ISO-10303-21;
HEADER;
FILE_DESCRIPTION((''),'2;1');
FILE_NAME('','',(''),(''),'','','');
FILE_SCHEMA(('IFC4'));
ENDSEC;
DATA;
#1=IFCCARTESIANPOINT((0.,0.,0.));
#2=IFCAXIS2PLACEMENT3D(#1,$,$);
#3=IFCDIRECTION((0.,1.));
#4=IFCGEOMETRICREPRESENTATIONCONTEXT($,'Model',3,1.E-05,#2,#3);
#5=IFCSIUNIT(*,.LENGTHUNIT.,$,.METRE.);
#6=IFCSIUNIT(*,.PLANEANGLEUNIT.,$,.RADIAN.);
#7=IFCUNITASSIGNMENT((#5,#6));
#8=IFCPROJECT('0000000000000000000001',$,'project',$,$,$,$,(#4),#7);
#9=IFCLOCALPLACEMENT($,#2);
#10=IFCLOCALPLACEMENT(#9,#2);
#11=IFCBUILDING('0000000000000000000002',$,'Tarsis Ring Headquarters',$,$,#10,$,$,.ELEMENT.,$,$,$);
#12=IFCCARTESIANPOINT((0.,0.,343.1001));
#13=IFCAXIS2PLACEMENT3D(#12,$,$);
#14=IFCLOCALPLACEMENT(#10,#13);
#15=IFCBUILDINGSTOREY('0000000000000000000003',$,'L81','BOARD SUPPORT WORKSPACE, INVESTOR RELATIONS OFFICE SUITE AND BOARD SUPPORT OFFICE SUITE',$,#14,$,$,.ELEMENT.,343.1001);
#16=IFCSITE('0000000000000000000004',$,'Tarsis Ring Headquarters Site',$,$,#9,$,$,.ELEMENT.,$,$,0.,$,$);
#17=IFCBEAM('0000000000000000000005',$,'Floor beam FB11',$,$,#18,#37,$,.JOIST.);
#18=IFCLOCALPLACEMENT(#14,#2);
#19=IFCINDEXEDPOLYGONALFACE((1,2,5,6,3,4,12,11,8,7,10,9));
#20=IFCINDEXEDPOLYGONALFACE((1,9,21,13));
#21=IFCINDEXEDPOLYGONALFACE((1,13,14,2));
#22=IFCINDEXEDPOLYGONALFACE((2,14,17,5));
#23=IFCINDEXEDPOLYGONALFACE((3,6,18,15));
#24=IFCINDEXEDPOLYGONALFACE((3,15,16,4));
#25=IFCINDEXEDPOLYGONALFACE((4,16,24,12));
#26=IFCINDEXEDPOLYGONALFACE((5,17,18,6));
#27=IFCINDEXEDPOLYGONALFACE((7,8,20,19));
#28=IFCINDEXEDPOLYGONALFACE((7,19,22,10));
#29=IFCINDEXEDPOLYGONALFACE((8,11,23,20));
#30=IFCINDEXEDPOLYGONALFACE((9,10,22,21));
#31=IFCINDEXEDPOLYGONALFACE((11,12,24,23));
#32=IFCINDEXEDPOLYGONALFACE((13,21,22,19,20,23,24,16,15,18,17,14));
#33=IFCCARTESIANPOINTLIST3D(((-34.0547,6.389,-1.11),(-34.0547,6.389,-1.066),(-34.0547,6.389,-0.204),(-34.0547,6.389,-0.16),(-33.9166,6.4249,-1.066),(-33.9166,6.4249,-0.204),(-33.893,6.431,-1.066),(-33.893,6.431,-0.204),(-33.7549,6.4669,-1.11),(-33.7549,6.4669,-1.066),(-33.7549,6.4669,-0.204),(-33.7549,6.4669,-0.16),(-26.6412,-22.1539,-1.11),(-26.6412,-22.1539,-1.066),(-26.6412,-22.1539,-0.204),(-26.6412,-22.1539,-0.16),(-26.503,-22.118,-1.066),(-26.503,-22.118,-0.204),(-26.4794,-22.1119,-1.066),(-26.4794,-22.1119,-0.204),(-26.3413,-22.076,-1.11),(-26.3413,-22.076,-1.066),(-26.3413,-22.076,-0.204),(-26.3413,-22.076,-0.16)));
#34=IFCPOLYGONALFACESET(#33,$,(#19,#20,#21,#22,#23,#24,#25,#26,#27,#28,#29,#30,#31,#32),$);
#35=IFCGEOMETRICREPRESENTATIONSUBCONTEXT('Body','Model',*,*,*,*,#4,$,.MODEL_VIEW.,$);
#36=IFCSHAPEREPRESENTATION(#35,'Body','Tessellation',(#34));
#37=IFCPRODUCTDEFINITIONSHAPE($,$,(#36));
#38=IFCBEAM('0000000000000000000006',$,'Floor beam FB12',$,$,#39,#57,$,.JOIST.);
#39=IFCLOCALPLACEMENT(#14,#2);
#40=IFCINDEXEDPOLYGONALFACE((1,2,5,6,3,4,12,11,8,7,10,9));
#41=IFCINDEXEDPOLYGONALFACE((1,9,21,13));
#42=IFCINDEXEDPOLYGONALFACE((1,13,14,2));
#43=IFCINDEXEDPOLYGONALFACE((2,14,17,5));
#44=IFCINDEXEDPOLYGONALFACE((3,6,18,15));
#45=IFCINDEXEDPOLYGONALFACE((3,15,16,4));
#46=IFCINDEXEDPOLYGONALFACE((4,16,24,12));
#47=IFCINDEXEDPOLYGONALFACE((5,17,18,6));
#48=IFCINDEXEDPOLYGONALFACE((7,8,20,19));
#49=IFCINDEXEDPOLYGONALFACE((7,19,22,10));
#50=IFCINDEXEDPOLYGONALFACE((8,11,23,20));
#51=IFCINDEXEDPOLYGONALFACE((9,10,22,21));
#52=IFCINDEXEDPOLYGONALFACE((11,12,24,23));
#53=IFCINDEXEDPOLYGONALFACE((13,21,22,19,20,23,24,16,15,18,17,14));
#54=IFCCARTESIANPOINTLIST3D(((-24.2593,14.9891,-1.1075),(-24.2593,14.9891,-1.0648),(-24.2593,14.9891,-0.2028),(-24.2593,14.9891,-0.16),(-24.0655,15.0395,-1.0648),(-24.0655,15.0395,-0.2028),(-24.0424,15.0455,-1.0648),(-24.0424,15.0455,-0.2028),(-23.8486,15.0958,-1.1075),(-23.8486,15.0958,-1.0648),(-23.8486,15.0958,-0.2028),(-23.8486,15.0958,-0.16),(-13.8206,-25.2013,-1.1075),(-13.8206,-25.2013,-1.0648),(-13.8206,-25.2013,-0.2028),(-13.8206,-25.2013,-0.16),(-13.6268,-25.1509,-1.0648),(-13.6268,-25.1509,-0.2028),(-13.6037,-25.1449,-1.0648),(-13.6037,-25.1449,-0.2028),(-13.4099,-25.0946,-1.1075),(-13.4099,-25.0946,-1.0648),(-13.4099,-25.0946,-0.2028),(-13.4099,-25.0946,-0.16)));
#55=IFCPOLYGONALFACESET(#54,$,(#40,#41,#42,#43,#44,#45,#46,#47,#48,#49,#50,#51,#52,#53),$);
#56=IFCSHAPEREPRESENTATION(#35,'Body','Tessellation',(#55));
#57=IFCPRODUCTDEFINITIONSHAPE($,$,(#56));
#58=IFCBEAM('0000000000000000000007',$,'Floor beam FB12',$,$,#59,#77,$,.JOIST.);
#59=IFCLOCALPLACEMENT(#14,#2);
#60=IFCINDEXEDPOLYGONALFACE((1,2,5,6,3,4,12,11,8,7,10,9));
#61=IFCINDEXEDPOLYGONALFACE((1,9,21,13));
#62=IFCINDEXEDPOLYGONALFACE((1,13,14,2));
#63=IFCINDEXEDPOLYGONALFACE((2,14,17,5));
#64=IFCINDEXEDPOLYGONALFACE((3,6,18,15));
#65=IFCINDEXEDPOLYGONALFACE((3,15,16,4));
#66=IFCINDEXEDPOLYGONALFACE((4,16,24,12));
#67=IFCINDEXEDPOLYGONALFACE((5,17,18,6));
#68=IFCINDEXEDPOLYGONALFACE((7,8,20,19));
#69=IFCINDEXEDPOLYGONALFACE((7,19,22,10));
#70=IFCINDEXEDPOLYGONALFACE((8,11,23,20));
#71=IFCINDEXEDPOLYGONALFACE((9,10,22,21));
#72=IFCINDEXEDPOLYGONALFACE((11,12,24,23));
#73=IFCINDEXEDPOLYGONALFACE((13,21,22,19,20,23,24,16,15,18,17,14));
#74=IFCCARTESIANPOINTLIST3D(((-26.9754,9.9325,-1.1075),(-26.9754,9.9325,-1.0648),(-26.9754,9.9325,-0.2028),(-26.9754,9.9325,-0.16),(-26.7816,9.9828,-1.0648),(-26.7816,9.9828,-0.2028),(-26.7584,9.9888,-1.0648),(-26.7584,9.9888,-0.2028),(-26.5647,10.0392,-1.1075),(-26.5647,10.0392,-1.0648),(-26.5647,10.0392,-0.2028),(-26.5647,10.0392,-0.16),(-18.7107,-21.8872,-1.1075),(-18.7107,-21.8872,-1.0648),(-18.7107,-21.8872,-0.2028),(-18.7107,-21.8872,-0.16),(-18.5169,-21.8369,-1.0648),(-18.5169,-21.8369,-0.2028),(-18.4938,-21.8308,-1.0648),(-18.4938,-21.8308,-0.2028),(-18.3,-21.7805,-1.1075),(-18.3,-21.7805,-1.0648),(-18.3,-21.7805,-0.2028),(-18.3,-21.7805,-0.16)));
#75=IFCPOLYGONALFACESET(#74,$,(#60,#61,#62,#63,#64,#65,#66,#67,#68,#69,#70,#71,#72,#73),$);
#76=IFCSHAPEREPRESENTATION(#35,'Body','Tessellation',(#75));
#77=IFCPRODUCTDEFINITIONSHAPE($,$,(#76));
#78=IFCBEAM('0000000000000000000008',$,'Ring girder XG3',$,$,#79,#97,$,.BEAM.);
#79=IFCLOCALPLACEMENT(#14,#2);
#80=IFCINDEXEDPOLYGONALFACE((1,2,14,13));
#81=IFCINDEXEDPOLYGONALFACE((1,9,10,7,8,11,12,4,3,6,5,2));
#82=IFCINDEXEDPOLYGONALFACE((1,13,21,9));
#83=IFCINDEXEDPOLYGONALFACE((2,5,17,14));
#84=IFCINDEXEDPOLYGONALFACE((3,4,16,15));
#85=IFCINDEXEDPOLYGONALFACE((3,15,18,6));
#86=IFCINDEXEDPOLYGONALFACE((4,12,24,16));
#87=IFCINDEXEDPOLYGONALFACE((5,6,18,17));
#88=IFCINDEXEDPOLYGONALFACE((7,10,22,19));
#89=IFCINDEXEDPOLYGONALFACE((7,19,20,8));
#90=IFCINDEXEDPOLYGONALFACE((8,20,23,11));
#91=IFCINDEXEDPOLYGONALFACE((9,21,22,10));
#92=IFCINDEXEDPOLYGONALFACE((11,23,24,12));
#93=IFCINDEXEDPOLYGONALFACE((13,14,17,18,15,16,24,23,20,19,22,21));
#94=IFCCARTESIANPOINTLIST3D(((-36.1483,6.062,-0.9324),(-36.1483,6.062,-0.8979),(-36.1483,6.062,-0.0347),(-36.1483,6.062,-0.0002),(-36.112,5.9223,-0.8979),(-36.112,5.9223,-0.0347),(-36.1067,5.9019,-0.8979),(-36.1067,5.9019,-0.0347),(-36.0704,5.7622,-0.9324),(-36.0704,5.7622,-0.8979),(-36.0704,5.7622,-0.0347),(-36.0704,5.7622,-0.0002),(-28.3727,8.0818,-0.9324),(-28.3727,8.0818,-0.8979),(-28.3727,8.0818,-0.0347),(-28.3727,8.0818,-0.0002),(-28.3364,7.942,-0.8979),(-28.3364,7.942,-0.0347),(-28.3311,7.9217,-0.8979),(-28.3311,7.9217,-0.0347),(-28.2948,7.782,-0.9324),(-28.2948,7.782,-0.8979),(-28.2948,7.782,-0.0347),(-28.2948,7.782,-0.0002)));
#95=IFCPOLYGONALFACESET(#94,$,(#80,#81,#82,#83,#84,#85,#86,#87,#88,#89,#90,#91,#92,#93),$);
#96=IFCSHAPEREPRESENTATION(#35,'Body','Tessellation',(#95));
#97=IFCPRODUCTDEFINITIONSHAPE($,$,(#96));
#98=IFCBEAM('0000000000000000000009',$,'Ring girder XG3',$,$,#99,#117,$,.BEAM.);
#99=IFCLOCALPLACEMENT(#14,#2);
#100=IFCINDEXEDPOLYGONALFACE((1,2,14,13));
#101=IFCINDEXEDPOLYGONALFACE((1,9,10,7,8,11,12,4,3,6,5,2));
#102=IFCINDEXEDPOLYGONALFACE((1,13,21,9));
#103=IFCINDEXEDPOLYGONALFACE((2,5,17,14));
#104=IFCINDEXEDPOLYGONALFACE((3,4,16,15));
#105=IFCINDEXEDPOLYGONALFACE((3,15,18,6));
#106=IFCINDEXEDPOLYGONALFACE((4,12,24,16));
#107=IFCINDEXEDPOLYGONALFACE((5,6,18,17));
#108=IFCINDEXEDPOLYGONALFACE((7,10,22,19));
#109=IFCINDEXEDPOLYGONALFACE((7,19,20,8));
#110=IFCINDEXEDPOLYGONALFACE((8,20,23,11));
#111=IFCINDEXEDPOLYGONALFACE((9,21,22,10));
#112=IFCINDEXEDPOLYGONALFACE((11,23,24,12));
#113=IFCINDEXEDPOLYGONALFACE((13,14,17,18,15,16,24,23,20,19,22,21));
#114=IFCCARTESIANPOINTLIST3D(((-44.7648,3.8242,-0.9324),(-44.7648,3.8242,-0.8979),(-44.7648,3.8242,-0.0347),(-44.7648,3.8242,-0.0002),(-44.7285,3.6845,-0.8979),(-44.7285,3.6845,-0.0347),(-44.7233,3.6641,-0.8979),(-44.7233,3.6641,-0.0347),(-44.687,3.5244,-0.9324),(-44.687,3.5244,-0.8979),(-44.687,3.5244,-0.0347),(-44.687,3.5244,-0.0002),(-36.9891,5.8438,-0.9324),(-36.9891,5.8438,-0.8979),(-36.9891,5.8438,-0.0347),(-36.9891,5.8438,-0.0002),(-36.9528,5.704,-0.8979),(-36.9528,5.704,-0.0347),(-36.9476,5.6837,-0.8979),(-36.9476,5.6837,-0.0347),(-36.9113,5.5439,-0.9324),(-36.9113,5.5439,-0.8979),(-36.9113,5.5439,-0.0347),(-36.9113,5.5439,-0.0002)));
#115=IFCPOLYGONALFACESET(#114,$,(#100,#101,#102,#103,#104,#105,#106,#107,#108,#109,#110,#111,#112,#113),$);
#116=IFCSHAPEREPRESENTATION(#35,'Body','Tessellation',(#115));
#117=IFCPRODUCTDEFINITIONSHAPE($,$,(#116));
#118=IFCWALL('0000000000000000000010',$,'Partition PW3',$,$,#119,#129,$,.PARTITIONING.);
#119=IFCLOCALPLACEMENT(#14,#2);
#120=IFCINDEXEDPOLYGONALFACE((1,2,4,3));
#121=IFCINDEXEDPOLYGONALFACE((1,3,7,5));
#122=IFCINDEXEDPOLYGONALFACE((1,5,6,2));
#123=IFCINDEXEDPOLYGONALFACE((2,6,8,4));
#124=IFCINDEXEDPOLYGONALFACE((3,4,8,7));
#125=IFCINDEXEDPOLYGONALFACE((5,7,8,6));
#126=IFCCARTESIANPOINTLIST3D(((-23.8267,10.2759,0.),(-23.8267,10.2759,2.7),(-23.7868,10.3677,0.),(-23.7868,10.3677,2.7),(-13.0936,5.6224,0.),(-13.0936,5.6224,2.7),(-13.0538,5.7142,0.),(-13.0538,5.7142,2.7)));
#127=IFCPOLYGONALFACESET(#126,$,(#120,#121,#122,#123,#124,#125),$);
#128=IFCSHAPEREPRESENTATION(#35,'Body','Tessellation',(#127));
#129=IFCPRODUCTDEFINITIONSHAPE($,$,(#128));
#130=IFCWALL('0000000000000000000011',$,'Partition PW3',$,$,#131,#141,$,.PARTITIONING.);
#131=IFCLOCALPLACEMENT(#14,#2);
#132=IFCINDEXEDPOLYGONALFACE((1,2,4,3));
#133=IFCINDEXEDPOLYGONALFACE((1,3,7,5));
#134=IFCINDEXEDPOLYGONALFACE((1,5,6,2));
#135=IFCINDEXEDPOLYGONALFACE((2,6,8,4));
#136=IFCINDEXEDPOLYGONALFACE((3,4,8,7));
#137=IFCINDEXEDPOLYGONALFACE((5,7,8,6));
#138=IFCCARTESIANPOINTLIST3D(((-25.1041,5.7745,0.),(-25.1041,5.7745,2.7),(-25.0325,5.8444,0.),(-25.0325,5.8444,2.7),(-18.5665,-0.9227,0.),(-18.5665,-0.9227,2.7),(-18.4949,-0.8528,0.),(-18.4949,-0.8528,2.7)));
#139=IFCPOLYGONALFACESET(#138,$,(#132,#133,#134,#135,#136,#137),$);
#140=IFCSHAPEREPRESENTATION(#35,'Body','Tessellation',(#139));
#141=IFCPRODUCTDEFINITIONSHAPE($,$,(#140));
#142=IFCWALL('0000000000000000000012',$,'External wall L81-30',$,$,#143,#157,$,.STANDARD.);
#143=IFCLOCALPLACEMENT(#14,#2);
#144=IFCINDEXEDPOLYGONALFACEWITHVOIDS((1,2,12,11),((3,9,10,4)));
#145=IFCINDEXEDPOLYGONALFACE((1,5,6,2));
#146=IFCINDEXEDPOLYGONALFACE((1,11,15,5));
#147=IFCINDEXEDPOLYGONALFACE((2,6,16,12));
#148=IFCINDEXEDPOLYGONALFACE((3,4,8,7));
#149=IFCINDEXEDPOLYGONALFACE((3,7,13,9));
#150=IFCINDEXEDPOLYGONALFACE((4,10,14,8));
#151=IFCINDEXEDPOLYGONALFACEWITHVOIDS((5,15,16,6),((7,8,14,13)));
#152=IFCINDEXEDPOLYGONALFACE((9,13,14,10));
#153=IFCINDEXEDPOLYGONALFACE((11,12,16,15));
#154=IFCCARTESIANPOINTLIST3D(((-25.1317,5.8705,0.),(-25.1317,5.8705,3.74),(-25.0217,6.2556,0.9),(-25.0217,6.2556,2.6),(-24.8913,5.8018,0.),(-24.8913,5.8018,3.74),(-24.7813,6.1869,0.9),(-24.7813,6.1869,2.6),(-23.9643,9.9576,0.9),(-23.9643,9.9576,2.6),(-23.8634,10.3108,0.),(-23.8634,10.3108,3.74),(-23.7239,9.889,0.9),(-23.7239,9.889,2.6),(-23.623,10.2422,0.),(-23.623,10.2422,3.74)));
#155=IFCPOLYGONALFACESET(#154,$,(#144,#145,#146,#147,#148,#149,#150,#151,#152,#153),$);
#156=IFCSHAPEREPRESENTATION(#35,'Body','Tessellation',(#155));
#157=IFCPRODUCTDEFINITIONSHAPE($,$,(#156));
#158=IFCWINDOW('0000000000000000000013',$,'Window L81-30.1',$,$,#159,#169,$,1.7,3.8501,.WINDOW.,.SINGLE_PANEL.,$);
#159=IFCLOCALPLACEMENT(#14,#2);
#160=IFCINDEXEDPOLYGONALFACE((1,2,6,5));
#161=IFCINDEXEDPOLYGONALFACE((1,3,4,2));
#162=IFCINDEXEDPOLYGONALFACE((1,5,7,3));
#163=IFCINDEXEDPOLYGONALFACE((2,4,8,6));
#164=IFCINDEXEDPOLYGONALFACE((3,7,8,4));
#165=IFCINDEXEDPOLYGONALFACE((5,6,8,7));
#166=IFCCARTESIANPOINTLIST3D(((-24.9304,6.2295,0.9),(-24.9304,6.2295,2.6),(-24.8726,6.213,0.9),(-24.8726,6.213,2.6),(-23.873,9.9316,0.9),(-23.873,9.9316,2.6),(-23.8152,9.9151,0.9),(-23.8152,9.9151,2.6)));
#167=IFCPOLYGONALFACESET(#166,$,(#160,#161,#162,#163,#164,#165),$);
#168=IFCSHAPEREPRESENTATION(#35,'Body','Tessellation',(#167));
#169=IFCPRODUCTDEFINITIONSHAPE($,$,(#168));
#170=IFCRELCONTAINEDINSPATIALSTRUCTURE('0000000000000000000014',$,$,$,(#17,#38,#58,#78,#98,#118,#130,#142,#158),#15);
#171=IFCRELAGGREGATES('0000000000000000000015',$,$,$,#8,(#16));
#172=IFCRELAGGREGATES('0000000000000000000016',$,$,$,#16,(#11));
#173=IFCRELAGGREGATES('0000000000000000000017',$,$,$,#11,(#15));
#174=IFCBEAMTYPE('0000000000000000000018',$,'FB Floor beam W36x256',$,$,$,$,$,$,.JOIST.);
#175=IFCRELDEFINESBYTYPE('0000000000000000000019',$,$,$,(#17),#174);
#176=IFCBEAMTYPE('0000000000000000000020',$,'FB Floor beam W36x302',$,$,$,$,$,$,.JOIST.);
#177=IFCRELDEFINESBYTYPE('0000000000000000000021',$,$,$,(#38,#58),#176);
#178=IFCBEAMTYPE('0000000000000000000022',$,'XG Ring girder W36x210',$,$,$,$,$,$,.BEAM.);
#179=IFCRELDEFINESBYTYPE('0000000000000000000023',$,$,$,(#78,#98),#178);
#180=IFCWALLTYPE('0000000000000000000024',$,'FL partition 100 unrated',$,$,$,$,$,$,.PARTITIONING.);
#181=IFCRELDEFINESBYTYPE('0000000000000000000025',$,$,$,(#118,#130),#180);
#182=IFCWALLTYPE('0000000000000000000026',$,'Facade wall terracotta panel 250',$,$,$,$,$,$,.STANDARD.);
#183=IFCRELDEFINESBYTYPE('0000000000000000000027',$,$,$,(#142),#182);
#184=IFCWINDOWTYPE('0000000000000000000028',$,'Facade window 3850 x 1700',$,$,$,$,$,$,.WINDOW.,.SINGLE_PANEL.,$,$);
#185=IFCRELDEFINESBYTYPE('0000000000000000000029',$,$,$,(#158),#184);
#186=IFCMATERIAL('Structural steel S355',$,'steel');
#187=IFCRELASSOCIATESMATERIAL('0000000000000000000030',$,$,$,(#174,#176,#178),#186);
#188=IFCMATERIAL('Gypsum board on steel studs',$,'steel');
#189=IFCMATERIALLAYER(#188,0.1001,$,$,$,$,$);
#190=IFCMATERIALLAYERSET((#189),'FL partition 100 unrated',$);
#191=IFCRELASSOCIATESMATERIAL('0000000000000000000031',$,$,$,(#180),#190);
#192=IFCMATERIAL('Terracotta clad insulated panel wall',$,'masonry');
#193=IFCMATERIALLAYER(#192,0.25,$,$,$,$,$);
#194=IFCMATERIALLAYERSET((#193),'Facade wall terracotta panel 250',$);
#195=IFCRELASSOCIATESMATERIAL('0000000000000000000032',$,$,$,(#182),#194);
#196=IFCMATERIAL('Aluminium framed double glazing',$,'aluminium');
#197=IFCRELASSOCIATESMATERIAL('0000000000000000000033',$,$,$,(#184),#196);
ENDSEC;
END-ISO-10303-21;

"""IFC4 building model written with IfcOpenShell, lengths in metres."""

from ifc_helpers import new_model, si_unit, direction, frame, frame_2d, origin, origin_2d, place, context, subcontext, project, spatial, rectangle, i_section, extrude, material, layer, layer_set, material_profile, profile_set, type_object, element, fill, save


model = new_model("IFC4")

# Units and contexts
model_context = context("Model", 3, precision=1e-05, world=origin(), true_north=direction((0.0, 1.0)))
body_context = subcontext(model_context, "Body", "Model", "MODEL_VIEW")
ifc_project = project(units=[si_unit("LENGTHUNIT", "METRE"), si_unit("PLANEANGLEUNIT", "RADIAN")], contexts=[model_context])

# Site, building, storey
site_placement = place(None, origin())
site = spatial("IfcSite", under=ifc_project, at=site_placement, Name="Tarsis Ring Headquarters Site", CompositionType="ELEMENT", RefElevation=0.0)
building_placement = place(site_placement, origin())
building = spatial("IfcBuilding", under=site, at=building_placement, Name="Tarsis Ring Headquarters", CompositionType="ELEMENT")
storey_placement = place(building_placement, frame((0.0, 0.0, 343.1001)))
storey = spatial("IfcBuildingStorey", under=building, at=storey_placement, Name="L81", Description="BOARD SUPPORT WORKSPACE, INVESTOR RELATIONS OFFICE SUITE AND BOARD SUPPORT OFFICE SUITE", CompositionType="ELEMENT", Elevation=343.1001)

# Shared definitions
ifc_material_1 = material(Name="Structural steel S355", Category="steel")

# Beams
ifc_material_profile_1 = material_profile(ifc_material_1, i_section(OverallWidth=0.3098, OverallDepth=0.95, WebThickness=0.0244, FlangeThickness=0.0439, at=origin_2d()), Name="W36x256")
ifc_profile_set_1 = profile_set([ifc_material_profile_1], Name="Structural steel S355")
beam_type_1 = type_object("IfcBeamType", Name="FB Floor beam W36x256", PredefinedType="JOIST", material=ifc_profile_set_1)
for number, where, z_axis, x_axis, name in (
    (1, (-33.9048, 6.428, -0.635), (0.251393, -0.967885, 0.0), (0.967885, 0.251393, 0.0), "Floor beam FB11"),
):
    element("IfcBeam", number, at=place(storey_placement, frame(where, z_axis=z_axis, x_axis=x_axis)), inside=storey, type_object=beam_type_1, Name=name, PredefinedType="JOIST", context=body_context, shape_type="SweptSolid", body=[
        extrude(i_section(OverallWidth=0.3098, OverallDepth=0.95, WebThickness=0.0244, FlangeThickness=0.0439, at=origin_2d()), origin(), (0.0, 0.0, 1.0), 29.49),
    ])
ifc_material_profile_2 = material_profile(ifc_material_1, i_section(OverallWidth=0.4243, OverallDepth=0.9475, WebThickness=0.0239, FlangeThickness=0.0427, at=origin_2d()), Name="W36x302")
ifc_profile_set_2 = profile_set([ifc_material_profile_2], Name="Structural steel S355")
beam_type_2 = type_object("IfcBeamType", Name="FB Floor beam W36x302", PredefinedType="JOIST", material=ifc_profile_set_2)
beam_1_placement = place(storey_placement, frame((-24.054, 15.0425, -0.6338), z_axis=(0.25139, -0.967886, 0.0), x_axis=(0.967886, 0.25139, 0.0)))
element("IfcBeam", 2, at=beam_1_placement, inside=storey, type_object=beam_type_2, Name="Floor beam FB12", PredefinedType="JOIST", context=body_context, shape_type="SweptSolid", body=[
    extrude(i_section(OverallWidth=0.4243, OverallDepth=0.9475, WebThickness=0.0239, FlangeThickness=0.0427, at=origin_2d()), origin(), (0.0, 0.0, 1.0), 41.5239),
])
beam_2_placement = place(storey_placement, frame((-26.77, 9.9858, -0.6338), z_axis=(0.251393, -0.967885, 0.0), x_axis=(0.967885, 0.251393, 0.0)))
element("IfcBeam", 3, at=beam_2_placement, inside=storey, type_object=beam_type_2, Name="Floor beam FB12", PredefinedType="JOIST", context=body_context, shape_type="SweptSolid", body=[
    extrude(i_section(OverallWidth=0.4243, OverallDepth=0.9475, WebThickness=0.0239, FlangeThickness=0.0427, at=origin_2d()), origin(), (0.0, 0.0, 1.0), 32.8755),
])
ifc_material_profile_3 = material_profile(ifc_material_1, i_section(OverallWidth=0.3098, OverallDepth=0.9321, WebThickness=0.021, FlangeThickness=0.0344, at=origin_2d()), Name="W36x210")
ifc_profile_set_3 = profile_set([ifc_material_profile_3], Name="Structural steel S355")
beam_type_3 = type_object("IfcBeamType", Name="XG Ring girder W36x210", PredefinedType="BEAM", material=ifc_profile_set_3)
for number, where, z_axis, x_axis, name in (
    (4, (-28.3337, 7.9319, -0.4663), (-0.96788, -0.251414, 0.0), (0.251414, -0.96788, 0.0), "Ring girder XG3"),
    (5, (-36.9502, 5.6938, -0.4663), (-0.967887, -0.251385, 0.0), (0.251385, -0.967887, 0.0), "Ring girder XG3"),
):
    element("IfcBeam", number, at=place(storey_placement, frame(where, z_axis=z_axis, x_axis=x_axis)), inside=storey, type_object=beam_type_3, Name=name, PredefinedType="BEAM", context=body_context, shape_type="SweptSolid", body=[
        extrude(i_section(OverallWidth=0.3098, OverallDepth=0.9321, WebThickness=0.021, FlangeThickness=0.0344, at=origin_2d()), origin(), (0.0, 0.0, 1.0), 8.0337),
    ])

# Walls
ifc_material_2 = material(Name="Gypsum board on steel studs", Category="steel")
ifc_layer_1 = layer(ifc_material_2, 0.1001)
ifc_layer_set_1 = layer_set([ifc_layer_1], Name="FL partition 100 unrated")
wall_type_1 = type_object("IfcWallType", Name="FL partition 100 unrated", PredefinedType="PARTITIONING", material=ifc_layer_set_1)
wall_1_placement = place(storey_placement, frame((-23.8066, 10.3218, 0.0), z_axis=(0.0, 0.0, 1.0), x_axis=(0.917477, -0.39779, 0.0)))
element("IfcWall", 6, at=wall_1_placement, inside=storey, type_object=wall_type_1, Name="Partition PW3", PredefinedType="PARTITIONING", context=body_context, shape_type="SweptSolid", body=[
    extrude(rectangle(XDim=11.6985, YDim=0.1001, at=frame_2d((5.8491, 0.0))), origin(), (0.0, 0.0, 1.0), 2.7),
])
wall_2_placement = place(storey_placement, frame((-25.0684, 5.8096, 0.0), z_axis=(0.0, 0.0, 1.0), x_axis=(0.698525, -0.715585, 0.0)))
element("IfcWall", 7, at=wall_2_placement, inside=storey, type_object=wall_type_1, Name="Partition PW3", PredefinedType="PARTITIONING", context=body_context, shape_type="SweptSolid", body=[
    extrude(rectangle(XDim=9.3591, YDim=0.1001, at=frame_2d((4.6797, 0.0))), origin(), (0.0, 0.0, 1.0), 2.7),
])

# Wall, opening, window
ifc_material_3 = material(Name="Terracotta clad insulated panel wall", Category="masonry")
ifc_layer_2 = layer(ifc_material_3, 0.25)
ifc_layer_set_2 = layer_set([ifc_layer_2], Name="Facade wall terracotta panel 250")
wall_type_2 = type_object("IfcWallType", Name="Facade wall terracotta panel 250", PredefinedType="STANDARD", material=ifc_layer_set_2)
wall_3_placement = place(storey_placement, frame((-23.7432, 10.2766, 0.0), z_axis=(0.0, 0.0, 1.0), x_axis=(-0.274644, -0.961546, 0.0)))
wall_3 = element("IfcWall", 8, at=wall_3_placement, inside=storey, type_object=wall_type_2, Name="External wall L81-30", PredefinedType="STANDARD", context=body_context, shape_type="SweptSolid", body=[
    extrude(rectangle(XDim=4.6179, YDim=0.25, at=frame_2d((2.3091, 0.0))), origin(), (0.0, 0.0, 1.0), 3.74),
])
opening_1_placement = place(wall_3_placement, frame((0.3674, 0.0, 0.8999)))
opening_1 = element("IfcOpeningElement", 9, at=opening_1_placement, cuts=wall_3, PredefinedType="OPENING", context=body_context, shape_type="SweptSolid", body=[
    extrude(rectangle(XDim=3.8501, YDim=1.7, at=frame_2d((1.925, 0.8501))), frame((0.0, 0.135, 0.0), z_axis=(0.0, -1.0, 0.0), x_axis=(1.0, 0.0, 0.0)), (0.0, 0.0, 1.0), 0.27),
])
ifc_material_4 = material(Name="Aluminium framed double glazing", Category="aluminium")
window_type_1 = type_object("IfcWindowType", Name="Facade window 3850 x 1700", PartitioningType="SINGLE_PANEL", PredefinedType="WINDOW", material=ifc_material_4)
window_1_placement = place(opening_1_placement, origin())
window_1 = element("IfcWindow", 10, at=window_1_placement, inside=storey, type_object=window_type_1, Name="Window L81-30.1", OverallHeight=1.7, OverallWidth=3.8501, PartitioningType="SINGLE_PANEL", PredefinedType="WINDOW", context=body_context, shape_type="SweptSolid", body=[
    extrude(rectangle(XDim=3.8501, YDim=1.7, at=frame_2d((1.925, 0.8501))), frame((0.0, 0.03, 0.0), z_axis=(0.0, -1.0, 0.0), x_axis=(1.0, 0.0, 0.0)), (0.0, 0.0, 1.0), 0.0601),
])
fill(opening_1, window_1)

save(model, "model.ifc")
